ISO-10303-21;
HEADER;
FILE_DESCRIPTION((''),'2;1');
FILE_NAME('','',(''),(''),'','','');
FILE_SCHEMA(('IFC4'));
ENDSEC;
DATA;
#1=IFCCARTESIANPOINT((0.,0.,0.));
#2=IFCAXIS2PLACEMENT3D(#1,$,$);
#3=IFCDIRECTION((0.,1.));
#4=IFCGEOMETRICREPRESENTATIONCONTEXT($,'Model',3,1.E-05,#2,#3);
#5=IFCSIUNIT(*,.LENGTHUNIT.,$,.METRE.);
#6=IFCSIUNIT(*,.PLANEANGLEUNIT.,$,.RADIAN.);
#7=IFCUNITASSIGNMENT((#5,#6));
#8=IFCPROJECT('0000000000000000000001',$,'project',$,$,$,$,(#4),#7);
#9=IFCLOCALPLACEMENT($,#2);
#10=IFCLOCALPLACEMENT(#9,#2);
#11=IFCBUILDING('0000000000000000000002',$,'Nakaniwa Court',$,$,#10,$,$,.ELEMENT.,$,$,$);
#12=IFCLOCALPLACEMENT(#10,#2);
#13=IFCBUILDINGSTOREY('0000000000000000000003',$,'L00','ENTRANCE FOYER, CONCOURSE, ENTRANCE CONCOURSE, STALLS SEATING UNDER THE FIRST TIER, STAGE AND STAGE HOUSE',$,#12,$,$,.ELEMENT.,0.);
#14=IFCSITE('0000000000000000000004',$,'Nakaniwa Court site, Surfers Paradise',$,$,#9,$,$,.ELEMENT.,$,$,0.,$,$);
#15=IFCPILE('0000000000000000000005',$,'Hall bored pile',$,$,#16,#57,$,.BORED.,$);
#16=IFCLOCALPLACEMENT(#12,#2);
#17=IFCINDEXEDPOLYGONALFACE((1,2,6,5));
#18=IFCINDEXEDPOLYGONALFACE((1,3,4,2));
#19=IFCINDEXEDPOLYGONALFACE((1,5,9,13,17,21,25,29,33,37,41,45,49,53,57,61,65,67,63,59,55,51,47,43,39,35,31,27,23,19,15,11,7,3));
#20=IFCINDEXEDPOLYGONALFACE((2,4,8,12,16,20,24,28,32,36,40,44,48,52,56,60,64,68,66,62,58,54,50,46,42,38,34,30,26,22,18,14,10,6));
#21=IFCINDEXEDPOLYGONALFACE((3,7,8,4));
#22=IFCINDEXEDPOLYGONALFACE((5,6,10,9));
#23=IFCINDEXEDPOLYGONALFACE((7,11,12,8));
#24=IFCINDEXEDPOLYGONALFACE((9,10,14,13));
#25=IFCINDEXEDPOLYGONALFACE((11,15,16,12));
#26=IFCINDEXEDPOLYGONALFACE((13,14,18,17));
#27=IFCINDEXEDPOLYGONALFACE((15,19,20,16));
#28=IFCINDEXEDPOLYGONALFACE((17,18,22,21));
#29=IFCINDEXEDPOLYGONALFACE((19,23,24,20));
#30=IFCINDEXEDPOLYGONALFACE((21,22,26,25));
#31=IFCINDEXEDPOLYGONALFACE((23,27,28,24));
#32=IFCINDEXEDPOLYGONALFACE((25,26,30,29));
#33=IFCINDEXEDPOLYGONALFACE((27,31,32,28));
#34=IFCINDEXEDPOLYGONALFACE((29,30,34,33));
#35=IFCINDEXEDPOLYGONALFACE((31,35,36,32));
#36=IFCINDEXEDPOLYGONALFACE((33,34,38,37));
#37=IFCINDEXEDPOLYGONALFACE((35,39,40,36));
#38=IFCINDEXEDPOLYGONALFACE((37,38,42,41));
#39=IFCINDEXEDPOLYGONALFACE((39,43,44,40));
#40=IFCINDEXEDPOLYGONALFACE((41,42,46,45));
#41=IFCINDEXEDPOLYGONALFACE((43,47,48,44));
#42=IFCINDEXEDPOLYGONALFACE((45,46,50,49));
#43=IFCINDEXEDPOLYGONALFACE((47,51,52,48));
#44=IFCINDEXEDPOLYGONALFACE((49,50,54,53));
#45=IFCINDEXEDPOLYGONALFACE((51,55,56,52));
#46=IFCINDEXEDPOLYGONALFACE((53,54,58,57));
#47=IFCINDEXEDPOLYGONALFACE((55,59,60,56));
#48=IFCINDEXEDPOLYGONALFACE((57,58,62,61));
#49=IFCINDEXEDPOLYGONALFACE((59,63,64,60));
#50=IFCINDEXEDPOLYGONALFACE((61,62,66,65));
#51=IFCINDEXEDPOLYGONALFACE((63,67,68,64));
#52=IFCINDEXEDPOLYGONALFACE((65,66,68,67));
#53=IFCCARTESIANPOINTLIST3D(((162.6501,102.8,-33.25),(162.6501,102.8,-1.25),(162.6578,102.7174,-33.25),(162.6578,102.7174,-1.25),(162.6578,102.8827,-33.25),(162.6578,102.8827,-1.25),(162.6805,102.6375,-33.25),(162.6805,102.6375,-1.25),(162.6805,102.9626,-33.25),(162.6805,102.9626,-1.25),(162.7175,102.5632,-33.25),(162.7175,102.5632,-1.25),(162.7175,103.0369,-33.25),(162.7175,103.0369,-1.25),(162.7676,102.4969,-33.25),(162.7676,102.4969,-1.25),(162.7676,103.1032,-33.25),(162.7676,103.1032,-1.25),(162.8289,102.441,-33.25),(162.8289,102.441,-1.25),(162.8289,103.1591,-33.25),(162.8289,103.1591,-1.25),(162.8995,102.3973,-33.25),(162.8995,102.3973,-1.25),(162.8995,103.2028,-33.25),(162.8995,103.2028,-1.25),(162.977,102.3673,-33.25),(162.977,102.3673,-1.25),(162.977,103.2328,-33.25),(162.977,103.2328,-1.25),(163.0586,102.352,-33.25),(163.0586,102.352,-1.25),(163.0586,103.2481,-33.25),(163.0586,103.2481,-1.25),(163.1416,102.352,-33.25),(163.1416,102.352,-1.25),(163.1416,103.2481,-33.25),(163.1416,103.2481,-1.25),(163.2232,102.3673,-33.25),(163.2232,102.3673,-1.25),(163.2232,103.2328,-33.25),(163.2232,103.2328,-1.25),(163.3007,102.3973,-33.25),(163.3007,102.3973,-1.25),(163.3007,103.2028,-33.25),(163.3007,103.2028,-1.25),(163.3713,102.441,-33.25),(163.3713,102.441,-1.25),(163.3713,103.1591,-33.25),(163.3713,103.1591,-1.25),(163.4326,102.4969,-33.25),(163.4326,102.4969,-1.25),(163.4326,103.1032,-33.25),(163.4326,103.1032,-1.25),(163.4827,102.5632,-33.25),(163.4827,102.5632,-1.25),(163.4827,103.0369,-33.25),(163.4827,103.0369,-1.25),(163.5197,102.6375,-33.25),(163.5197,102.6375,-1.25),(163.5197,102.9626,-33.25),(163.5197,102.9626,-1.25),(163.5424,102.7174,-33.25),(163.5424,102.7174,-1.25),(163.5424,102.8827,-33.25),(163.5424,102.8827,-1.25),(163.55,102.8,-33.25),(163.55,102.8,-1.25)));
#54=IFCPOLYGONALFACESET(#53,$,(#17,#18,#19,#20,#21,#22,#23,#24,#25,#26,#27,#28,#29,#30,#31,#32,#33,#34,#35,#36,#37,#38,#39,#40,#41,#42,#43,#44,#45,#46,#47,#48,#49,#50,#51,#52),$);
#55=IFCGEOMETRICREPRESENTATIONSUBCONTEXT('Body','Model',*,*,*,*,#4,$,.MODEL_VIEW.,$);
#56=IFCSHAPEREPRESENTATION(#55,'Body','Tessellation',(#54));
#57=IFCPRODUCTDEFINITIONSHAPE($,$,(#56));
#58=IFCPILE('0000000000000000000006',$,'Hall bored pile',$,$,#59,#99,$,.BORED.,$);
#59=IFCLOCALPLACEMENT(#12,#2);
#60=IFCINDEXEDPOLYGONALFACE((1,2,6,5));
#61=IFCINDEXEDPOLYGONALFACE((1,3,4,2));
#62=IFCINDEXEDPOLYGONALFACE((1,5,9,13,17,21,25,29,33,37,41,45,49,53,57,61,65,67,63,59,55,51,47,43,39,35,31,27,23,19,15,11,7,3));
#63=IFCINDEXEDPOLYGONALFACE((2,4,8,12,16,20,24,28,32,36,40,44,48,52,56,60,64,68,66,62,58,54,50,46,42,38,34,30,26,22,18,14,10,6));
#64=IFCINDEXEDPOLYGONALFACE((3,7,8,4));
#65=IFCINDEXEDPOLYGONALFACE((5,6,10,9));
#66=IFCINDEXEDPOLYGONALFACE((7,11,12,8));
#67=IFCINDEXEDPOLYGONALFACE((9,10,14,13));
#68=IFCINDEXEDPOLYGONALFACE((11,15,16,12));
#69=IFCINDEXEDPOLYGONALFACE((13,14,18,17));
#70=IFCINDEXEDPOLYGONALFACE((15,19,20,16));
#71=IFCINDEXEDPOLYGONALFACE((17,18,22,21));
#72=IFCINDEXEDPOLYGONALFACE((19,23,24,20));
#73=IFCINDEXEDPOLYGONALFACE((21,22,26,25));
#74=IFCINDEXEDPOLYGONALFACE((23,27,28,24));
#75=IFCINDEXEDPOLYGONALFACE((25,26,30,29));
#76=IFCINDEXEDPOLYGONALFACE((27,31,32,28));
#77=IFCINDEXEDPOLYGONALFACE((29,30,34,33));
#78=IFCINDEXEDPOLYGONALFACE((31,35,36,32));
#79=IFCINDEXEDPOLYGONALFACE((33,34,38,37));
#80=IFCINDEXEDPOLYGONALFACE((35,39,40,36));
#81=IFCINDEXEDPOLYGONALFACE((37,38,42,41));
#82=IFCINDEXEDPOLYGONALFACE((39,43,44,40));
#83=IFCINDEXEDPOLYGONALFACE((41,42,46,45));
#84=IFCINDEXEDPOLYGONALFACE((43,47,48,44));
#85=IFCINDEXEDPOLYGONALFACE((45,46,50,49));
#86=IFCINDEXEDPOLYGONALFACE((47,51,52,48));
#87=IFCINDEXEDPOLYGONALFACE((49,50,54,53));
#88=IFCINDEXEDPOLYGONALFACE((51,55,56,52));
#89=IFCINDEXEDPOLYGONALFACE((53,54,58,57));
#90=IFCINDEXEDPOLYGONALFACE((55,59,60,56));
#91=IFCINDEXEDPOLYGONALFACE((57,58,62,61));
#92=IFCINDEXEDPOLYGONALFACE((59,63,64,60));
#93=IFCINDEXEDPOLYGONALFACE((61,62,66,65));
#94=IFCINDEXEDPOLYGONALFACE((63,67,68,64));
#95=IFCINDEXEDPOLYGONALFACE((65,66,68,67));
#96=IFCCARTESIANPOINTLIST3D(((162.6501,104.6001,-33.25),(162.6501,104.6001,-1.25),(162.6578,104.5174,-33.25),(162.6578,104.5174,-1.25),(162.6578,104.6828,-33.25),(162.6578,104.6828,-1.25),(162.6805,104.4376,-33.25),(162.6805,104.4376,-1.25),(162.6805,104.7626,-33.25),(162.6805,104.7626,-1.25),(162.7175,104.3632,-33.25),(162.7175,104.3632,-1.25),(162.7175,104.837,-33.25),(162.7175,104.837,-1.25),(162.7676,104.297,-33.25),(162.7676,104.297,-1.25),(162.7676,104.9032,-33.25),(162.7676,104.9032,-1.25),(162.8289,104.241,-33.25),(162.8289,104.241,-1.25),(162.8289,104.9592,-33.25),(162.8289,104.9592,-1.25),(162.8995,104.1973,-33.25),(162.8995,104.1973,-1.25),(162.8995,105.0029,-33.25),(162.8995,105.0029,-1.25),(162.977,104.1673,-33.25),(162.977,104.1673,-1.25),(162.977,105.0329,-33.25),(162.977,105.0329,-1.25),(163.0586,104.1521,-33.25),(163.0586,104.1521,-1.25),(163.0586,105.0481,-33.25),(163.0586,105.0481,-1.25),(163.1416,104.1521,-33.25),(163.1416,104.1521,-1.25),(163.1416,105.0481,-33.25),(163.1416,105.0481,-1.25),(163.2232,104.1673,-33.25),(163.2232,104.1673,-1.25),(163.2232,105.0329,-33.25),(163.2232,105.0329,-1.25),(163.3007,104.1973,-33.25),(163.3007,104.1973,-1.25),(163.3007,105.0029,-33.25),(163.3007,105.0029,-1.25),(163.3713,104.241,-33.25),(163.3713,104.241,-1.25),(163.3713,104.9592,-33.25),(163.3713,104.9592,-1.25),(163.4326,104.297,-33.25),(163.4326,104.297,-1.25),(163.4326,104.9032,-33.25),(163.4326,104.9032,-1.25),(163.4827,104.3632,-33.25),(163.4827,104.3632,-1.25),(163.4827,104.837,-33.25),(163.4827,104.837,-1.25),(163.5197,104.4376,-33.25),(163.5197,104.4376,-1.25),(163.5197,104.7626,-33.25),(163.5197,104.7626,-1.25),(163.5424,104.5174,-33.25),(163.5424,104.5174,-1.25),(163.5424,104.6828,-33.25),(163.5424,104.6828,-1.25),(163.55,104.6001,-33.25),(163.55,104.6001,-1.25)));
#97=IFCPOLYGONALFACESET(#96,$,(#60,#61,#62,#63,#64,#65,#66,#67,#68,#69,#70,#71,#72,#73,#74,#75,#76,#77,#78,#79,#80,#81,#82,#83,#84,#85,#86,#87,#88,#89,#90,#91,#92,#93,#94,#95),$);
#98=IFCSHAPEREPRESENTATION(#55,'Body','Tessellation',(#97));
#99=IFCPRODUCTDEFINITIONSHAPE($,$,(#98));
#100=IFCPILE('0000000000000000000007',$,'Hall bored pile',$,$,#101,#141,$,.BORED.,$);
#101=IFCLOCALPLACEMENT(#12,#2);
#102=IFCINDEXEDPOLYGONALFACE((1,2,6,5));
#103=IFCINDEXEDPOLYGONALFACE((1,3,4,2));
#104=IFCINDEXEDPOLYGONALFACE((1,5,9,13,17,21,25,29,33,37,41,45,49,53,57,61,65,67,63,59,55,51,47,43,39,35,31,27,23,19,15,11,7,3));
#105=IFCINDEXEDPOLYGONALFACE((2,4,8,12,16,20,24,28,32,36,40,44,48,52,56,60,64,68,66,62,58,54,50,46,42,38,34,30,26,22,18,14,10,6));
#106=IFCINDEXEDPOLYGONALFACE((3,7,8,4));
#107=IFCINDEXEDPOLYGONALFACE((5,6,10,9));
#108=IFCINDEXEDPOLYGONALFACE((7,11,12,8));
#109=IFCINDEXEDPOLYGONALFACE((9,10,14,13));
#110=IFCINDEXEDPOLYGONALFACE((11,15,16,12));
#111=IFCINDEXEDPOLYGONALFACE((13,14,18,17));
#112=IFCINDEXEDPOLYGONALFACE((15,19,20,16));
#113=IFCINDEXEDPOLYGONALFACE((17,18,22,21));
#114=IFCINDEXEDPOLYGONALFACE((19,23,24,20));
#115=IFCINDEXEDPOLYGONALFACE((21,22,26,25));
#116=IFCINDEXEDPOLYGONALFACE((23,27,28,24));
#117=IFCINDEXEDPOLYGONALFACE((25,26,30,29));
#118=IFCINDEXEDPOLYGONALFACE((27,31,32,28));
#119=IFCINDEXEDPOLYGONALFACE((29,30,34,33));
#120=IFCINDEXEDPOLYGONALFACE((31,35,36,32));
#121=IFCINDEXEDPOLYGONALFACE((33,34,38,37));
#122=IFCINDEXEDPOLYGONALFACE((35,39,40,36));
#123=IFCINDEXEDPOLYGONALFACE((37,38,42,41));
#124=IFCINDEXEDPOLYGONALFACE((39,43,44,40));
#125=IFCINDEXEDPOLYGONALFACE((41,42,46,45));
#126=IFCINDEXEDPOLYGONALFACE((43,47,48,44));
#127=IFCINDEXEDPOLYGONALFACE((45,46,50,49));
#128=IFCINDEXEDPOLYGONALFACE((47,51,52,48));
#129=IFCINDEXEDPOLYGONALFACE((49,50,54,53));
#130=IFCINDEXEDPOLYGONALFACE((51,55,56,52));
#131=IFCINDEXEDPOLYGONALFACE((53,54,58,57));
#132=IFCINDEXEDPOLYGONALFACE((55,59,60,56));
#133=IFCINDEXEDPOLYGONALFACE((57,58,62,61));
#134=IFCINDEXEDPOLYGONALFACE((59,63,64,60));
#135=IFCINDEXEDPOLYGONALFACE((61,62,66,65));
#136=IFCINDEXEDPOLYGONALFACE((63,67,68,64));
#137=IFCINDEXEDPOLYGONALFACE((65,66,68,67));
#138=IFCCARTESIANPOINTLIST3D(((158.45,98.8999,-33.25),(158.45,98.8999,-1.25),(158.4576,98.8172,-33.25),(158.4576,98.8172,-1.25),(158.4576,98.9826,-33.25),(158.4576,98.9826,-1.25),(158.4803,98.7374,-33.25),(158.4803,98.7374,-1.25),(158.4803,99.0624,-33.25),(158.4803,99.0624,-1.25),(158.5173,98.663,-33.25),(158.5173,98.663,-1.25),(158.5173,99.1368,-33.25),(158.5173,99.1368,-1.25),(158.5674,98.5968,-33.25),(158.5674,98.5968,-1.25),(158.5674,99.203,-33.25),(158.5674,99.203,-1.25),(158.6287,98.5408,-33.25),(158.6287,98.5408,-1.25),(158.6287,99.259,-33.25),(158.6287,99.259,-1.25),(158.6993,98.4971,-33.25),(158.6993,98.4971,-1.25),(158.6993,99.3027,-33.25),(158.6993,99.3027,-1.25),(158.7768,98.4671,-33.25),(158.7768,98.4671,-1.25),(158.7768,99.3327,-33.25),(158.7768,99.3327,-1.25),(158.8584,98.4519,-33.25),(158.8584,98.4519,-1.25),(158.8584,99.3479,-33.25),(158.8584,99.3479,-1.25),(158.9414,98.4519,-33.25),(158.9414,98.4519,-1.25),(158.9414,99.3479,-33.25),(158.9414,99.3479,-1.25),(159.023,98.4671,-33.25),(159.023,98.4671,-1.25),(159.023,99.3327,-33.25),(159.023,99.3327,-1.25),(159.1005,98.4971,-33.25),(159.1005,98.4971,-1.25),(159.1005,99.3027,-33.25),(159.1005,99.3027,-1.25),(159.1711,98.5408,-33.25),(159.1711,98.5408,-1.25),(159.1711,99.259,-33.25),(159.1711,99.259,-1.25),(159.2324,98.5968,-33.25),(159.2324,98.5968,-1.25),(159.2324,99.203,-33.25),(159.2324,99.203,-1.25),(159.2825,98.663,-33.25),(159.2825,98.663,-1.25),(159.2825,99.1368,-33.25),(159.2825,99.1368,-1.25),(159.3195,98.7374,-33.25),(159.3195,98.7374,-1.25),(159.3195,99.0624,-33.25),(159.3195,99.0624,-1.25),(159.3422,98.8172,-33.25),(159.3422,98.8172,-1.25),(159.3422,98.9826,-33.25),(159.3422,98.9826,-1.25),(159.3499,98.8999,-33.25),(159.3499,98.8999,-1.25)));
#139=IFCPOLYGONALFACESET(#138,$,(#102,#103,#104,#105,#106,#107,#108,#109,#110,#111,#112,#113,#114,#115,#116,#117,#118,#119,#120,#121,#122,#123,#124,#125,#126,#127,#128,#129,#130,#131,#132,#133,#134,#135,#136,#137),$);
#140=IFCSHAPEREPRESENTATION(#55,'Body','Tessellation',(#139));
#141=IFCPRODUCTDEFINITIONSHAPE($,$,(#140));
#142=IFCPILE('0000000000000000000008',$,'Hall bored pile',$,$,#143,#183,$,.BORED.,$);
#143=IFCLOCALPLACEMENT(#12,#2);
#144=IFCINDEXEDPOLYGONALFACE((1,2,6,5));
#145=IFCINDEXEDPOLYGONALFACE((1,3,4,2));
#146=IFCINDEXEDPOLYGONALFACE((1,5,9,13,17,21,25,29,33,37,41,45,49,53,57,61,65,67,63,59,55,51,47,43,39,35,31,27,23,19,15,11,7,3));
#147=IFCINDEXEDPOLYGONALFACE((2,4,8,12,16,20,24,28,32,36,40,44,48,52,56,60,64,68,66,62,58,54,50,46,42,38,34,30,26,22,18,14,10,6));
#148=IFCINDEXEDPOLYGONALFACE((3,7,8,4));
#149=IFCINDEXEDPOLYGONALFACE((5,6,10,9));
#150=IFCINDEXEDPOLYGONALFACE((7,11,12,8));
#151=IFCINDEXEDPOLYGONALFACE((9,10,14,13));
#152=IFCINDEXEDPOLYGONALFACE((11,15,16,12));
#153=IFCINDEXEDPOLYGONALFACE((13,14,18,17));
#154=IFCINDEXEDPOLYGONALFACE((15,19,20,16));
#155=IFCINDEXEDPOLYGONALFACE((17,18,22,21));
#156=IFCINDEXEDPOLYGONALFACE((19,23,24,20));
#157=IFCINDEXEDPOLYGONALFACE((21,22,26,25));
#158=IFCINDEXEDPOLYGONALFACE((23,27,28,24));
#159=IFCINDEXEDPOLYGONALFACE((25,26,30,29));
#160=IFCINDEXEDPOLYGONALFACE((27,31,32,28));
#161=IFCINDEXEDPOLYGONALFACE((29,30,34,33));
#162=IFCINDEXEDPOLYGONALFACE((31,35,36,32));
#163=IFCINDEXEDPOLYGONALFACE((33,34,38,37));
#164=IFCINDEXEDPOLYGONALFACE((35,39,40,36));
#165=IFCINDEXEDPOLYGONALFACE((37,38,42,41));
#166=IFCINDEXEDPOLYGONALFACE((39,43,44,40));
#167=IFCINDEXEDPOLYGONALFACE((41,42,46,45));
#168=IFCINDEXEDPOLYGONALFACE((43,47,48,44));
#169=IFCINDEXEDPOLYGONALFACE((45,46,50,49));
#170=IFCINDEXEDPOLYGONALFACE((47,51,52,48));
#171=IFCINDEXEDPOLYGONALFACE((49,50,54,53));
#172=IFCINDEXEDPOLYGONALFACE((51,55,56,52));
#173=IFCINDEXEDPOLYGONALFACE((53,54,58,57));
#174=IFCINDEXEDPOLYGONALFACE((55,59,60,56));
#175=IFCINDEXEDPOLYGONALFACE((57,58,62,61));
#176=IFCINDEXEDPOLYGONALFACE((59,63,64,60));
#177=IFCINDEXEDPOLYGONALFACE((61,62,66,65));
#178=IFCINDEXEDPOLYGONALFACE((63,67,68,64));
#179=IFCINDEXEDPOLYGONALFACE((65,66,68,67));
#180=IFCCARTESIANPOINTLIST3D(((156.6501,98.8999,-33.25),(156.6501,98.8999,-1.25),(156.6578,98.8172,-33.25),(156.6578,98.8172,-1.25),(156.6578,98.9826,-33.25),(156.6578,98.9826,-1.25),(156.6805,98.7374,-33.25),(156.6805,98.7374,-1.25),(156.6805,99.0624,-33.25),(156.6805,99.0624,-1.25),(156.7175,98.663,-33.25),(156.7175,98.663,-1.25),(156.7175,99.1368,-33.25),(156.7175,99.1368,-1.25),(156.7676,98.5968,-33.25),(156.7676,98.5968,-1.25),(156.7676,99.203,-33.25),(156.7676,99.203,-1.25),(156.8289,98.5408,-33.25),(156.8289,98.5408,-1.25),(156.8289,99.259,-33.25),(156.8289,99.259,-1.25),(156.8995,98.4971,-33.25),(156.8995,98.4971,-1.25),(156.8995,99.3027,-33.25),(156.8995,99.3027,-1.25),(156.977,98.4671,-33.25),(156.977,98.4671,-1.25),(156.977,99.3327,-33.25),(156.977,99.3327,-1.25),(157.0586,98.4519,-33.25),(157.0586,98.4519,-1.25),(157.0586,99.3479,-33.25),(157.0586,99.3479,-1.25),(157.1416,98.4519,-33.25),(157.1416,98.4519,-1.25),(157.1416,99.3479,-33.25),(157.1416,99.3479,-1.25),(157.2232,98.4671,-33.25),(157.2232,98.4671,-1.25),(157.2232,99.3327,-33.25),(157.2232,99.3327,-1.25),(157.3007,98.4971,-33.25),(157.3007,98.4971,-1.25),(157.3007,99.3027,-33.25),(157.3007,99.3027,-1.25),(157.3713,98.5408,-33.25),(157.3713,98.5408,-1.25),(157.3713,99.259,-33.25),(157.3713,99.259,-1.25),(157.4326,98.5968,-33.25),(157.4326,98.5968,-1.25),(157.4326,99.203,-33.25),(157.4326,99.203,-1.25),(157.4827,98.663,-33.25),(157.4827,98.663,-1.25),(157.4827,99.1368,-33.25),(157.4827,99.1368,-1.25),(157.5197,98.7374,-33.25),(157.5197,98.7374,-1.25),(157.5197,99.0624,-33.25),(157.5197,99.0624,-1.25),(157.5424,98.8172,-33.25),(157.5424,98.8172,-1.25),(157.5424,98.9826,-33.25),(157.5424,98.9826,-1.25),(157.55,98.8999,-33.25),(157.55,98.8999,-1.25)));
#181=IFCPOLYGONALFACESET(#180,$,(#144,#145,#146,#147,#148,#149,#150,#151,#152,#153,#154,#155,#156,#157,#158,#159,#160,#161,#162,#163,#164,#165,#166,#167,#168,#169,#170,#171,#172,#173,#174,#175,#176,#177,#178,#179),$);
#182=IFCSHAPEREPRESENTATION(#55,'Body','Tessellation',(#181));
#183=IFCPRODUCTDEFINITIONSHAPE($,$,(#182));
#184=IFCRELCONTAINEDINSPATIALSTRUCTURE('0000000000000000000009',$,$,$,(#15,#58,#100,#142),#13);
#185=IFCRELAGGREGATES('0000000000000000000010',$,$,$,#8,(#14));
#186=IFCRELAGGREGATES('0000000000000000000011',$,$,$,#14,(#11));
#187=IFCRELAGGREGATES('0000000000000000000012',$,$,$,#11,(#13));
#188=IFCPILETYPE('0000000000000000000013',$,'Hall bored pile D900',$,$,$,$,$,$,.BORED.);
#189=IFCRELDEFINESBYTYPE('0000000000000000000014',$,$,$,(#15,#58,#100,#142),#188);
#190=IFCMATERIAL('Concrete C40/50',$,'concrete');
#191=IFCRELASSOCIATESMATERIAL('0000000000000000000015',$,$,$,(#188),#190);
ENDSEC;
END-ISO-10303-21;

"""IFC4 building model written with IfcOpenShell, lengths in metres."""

from ifc_helpers import new_model, si_unit, direction, frame, origin, origin_2d, place, context, subcontext, project, spatial, circle, extrude, material, material_profile, profile_set, type_object, element, save


model = new_model("IFC4")

# Units and contexts
model_context = context("Model", 3, precision=1e-05, world=origin(), true_north=direction((0.0, 1.0)))
body_context = subcontext(model_context, "Body", "Model", "MODEL_VIEW")
ifc_project = project(units=[si_unit("LENGTHUNIT", "METRE"), si_unit("PLANEANGLEUNIT", "RADIAN")], contexts=[model_context])

# Site, building, storey
site_placement = place(None, origin())
site = spatial("IfcSite", under=ifc_project, at=site_placement, Name="Nakaniwa Court site, Surfers Paradise", CompositionType="ELEMENT", RefElevation=0.0)
building_placement = place(site_placement, origin())
building = spatial("IfcBuilding", under=site, at=building_placement, Name="Nakaniwa Court", CompositionType="ELEMENT")
storey_placement = place(building_placement, origin())
storey = spatial("IfcBuildingStorey", under=building, at=storey_placement, Name="L00", Description="ENTRANCE FOYER, CONCOURSE, ENTRANCE CONCOURSE, STALLS SEATING UNDER THE FIRST TIER, STAGE AND STAGE HOUSE", CompositionType="ELEMENT", Elevation=0.0)

# Piles
ifc_material_1 = material(Name="Concrete C40/50", Category="concrete")
ifc_material_profile_1 = material_profile(ifc_material_1, circle(Radius=0.45, at=origin_2d()), Name="Bored pile D900")
ifc_profile_set_1 = profile_set([ifc_material_profile_1], Name="Concrete C40/50")
pile_type = type_object("IfcPileType", Name="Hall bored pile D900", PredefinedType="BORED", material=ifc_profile_set_1)
for number, where, z_axis, x_axis, name in (
    (1, (163.1001, 102.8, -1.25), (0.0, 0.0, -1.0), (1.0, 0.0, 0.0), "Hall bored pile"),
    (2, (163.1001, 104.6001, -1.25), (0.0, 0.0, -1.0), (1.0, 0.0, 0.0), "Hall bored pile"),
    (3, (158.8999, 98.8999, -1.25), (0.0, 0.0, -1.0), (1.0, 0.0, 0.0), "Hall bored pile"),
    (4, (157.1001, 98.8999, -1.25), (0.0, 0.0, -1.0), (1.0, 0.0, 0.0), "Hall bored pile"),
):
    element("IfcPile", number, at=place(storey_placement, frame(where, z_axis=z_axis, x_axis=x_axis)), inside=storey, type_object=pile_type, Name=name, PredefinedType="BORED", context=body_context, shape_type="SweptSolid", body=[
        extrude(circle(Radius=0.45, at=origin_2d()), origin(), (0.0, 0.0, 1.0), 32.0),
    ])

save(model, "model.ifc")
